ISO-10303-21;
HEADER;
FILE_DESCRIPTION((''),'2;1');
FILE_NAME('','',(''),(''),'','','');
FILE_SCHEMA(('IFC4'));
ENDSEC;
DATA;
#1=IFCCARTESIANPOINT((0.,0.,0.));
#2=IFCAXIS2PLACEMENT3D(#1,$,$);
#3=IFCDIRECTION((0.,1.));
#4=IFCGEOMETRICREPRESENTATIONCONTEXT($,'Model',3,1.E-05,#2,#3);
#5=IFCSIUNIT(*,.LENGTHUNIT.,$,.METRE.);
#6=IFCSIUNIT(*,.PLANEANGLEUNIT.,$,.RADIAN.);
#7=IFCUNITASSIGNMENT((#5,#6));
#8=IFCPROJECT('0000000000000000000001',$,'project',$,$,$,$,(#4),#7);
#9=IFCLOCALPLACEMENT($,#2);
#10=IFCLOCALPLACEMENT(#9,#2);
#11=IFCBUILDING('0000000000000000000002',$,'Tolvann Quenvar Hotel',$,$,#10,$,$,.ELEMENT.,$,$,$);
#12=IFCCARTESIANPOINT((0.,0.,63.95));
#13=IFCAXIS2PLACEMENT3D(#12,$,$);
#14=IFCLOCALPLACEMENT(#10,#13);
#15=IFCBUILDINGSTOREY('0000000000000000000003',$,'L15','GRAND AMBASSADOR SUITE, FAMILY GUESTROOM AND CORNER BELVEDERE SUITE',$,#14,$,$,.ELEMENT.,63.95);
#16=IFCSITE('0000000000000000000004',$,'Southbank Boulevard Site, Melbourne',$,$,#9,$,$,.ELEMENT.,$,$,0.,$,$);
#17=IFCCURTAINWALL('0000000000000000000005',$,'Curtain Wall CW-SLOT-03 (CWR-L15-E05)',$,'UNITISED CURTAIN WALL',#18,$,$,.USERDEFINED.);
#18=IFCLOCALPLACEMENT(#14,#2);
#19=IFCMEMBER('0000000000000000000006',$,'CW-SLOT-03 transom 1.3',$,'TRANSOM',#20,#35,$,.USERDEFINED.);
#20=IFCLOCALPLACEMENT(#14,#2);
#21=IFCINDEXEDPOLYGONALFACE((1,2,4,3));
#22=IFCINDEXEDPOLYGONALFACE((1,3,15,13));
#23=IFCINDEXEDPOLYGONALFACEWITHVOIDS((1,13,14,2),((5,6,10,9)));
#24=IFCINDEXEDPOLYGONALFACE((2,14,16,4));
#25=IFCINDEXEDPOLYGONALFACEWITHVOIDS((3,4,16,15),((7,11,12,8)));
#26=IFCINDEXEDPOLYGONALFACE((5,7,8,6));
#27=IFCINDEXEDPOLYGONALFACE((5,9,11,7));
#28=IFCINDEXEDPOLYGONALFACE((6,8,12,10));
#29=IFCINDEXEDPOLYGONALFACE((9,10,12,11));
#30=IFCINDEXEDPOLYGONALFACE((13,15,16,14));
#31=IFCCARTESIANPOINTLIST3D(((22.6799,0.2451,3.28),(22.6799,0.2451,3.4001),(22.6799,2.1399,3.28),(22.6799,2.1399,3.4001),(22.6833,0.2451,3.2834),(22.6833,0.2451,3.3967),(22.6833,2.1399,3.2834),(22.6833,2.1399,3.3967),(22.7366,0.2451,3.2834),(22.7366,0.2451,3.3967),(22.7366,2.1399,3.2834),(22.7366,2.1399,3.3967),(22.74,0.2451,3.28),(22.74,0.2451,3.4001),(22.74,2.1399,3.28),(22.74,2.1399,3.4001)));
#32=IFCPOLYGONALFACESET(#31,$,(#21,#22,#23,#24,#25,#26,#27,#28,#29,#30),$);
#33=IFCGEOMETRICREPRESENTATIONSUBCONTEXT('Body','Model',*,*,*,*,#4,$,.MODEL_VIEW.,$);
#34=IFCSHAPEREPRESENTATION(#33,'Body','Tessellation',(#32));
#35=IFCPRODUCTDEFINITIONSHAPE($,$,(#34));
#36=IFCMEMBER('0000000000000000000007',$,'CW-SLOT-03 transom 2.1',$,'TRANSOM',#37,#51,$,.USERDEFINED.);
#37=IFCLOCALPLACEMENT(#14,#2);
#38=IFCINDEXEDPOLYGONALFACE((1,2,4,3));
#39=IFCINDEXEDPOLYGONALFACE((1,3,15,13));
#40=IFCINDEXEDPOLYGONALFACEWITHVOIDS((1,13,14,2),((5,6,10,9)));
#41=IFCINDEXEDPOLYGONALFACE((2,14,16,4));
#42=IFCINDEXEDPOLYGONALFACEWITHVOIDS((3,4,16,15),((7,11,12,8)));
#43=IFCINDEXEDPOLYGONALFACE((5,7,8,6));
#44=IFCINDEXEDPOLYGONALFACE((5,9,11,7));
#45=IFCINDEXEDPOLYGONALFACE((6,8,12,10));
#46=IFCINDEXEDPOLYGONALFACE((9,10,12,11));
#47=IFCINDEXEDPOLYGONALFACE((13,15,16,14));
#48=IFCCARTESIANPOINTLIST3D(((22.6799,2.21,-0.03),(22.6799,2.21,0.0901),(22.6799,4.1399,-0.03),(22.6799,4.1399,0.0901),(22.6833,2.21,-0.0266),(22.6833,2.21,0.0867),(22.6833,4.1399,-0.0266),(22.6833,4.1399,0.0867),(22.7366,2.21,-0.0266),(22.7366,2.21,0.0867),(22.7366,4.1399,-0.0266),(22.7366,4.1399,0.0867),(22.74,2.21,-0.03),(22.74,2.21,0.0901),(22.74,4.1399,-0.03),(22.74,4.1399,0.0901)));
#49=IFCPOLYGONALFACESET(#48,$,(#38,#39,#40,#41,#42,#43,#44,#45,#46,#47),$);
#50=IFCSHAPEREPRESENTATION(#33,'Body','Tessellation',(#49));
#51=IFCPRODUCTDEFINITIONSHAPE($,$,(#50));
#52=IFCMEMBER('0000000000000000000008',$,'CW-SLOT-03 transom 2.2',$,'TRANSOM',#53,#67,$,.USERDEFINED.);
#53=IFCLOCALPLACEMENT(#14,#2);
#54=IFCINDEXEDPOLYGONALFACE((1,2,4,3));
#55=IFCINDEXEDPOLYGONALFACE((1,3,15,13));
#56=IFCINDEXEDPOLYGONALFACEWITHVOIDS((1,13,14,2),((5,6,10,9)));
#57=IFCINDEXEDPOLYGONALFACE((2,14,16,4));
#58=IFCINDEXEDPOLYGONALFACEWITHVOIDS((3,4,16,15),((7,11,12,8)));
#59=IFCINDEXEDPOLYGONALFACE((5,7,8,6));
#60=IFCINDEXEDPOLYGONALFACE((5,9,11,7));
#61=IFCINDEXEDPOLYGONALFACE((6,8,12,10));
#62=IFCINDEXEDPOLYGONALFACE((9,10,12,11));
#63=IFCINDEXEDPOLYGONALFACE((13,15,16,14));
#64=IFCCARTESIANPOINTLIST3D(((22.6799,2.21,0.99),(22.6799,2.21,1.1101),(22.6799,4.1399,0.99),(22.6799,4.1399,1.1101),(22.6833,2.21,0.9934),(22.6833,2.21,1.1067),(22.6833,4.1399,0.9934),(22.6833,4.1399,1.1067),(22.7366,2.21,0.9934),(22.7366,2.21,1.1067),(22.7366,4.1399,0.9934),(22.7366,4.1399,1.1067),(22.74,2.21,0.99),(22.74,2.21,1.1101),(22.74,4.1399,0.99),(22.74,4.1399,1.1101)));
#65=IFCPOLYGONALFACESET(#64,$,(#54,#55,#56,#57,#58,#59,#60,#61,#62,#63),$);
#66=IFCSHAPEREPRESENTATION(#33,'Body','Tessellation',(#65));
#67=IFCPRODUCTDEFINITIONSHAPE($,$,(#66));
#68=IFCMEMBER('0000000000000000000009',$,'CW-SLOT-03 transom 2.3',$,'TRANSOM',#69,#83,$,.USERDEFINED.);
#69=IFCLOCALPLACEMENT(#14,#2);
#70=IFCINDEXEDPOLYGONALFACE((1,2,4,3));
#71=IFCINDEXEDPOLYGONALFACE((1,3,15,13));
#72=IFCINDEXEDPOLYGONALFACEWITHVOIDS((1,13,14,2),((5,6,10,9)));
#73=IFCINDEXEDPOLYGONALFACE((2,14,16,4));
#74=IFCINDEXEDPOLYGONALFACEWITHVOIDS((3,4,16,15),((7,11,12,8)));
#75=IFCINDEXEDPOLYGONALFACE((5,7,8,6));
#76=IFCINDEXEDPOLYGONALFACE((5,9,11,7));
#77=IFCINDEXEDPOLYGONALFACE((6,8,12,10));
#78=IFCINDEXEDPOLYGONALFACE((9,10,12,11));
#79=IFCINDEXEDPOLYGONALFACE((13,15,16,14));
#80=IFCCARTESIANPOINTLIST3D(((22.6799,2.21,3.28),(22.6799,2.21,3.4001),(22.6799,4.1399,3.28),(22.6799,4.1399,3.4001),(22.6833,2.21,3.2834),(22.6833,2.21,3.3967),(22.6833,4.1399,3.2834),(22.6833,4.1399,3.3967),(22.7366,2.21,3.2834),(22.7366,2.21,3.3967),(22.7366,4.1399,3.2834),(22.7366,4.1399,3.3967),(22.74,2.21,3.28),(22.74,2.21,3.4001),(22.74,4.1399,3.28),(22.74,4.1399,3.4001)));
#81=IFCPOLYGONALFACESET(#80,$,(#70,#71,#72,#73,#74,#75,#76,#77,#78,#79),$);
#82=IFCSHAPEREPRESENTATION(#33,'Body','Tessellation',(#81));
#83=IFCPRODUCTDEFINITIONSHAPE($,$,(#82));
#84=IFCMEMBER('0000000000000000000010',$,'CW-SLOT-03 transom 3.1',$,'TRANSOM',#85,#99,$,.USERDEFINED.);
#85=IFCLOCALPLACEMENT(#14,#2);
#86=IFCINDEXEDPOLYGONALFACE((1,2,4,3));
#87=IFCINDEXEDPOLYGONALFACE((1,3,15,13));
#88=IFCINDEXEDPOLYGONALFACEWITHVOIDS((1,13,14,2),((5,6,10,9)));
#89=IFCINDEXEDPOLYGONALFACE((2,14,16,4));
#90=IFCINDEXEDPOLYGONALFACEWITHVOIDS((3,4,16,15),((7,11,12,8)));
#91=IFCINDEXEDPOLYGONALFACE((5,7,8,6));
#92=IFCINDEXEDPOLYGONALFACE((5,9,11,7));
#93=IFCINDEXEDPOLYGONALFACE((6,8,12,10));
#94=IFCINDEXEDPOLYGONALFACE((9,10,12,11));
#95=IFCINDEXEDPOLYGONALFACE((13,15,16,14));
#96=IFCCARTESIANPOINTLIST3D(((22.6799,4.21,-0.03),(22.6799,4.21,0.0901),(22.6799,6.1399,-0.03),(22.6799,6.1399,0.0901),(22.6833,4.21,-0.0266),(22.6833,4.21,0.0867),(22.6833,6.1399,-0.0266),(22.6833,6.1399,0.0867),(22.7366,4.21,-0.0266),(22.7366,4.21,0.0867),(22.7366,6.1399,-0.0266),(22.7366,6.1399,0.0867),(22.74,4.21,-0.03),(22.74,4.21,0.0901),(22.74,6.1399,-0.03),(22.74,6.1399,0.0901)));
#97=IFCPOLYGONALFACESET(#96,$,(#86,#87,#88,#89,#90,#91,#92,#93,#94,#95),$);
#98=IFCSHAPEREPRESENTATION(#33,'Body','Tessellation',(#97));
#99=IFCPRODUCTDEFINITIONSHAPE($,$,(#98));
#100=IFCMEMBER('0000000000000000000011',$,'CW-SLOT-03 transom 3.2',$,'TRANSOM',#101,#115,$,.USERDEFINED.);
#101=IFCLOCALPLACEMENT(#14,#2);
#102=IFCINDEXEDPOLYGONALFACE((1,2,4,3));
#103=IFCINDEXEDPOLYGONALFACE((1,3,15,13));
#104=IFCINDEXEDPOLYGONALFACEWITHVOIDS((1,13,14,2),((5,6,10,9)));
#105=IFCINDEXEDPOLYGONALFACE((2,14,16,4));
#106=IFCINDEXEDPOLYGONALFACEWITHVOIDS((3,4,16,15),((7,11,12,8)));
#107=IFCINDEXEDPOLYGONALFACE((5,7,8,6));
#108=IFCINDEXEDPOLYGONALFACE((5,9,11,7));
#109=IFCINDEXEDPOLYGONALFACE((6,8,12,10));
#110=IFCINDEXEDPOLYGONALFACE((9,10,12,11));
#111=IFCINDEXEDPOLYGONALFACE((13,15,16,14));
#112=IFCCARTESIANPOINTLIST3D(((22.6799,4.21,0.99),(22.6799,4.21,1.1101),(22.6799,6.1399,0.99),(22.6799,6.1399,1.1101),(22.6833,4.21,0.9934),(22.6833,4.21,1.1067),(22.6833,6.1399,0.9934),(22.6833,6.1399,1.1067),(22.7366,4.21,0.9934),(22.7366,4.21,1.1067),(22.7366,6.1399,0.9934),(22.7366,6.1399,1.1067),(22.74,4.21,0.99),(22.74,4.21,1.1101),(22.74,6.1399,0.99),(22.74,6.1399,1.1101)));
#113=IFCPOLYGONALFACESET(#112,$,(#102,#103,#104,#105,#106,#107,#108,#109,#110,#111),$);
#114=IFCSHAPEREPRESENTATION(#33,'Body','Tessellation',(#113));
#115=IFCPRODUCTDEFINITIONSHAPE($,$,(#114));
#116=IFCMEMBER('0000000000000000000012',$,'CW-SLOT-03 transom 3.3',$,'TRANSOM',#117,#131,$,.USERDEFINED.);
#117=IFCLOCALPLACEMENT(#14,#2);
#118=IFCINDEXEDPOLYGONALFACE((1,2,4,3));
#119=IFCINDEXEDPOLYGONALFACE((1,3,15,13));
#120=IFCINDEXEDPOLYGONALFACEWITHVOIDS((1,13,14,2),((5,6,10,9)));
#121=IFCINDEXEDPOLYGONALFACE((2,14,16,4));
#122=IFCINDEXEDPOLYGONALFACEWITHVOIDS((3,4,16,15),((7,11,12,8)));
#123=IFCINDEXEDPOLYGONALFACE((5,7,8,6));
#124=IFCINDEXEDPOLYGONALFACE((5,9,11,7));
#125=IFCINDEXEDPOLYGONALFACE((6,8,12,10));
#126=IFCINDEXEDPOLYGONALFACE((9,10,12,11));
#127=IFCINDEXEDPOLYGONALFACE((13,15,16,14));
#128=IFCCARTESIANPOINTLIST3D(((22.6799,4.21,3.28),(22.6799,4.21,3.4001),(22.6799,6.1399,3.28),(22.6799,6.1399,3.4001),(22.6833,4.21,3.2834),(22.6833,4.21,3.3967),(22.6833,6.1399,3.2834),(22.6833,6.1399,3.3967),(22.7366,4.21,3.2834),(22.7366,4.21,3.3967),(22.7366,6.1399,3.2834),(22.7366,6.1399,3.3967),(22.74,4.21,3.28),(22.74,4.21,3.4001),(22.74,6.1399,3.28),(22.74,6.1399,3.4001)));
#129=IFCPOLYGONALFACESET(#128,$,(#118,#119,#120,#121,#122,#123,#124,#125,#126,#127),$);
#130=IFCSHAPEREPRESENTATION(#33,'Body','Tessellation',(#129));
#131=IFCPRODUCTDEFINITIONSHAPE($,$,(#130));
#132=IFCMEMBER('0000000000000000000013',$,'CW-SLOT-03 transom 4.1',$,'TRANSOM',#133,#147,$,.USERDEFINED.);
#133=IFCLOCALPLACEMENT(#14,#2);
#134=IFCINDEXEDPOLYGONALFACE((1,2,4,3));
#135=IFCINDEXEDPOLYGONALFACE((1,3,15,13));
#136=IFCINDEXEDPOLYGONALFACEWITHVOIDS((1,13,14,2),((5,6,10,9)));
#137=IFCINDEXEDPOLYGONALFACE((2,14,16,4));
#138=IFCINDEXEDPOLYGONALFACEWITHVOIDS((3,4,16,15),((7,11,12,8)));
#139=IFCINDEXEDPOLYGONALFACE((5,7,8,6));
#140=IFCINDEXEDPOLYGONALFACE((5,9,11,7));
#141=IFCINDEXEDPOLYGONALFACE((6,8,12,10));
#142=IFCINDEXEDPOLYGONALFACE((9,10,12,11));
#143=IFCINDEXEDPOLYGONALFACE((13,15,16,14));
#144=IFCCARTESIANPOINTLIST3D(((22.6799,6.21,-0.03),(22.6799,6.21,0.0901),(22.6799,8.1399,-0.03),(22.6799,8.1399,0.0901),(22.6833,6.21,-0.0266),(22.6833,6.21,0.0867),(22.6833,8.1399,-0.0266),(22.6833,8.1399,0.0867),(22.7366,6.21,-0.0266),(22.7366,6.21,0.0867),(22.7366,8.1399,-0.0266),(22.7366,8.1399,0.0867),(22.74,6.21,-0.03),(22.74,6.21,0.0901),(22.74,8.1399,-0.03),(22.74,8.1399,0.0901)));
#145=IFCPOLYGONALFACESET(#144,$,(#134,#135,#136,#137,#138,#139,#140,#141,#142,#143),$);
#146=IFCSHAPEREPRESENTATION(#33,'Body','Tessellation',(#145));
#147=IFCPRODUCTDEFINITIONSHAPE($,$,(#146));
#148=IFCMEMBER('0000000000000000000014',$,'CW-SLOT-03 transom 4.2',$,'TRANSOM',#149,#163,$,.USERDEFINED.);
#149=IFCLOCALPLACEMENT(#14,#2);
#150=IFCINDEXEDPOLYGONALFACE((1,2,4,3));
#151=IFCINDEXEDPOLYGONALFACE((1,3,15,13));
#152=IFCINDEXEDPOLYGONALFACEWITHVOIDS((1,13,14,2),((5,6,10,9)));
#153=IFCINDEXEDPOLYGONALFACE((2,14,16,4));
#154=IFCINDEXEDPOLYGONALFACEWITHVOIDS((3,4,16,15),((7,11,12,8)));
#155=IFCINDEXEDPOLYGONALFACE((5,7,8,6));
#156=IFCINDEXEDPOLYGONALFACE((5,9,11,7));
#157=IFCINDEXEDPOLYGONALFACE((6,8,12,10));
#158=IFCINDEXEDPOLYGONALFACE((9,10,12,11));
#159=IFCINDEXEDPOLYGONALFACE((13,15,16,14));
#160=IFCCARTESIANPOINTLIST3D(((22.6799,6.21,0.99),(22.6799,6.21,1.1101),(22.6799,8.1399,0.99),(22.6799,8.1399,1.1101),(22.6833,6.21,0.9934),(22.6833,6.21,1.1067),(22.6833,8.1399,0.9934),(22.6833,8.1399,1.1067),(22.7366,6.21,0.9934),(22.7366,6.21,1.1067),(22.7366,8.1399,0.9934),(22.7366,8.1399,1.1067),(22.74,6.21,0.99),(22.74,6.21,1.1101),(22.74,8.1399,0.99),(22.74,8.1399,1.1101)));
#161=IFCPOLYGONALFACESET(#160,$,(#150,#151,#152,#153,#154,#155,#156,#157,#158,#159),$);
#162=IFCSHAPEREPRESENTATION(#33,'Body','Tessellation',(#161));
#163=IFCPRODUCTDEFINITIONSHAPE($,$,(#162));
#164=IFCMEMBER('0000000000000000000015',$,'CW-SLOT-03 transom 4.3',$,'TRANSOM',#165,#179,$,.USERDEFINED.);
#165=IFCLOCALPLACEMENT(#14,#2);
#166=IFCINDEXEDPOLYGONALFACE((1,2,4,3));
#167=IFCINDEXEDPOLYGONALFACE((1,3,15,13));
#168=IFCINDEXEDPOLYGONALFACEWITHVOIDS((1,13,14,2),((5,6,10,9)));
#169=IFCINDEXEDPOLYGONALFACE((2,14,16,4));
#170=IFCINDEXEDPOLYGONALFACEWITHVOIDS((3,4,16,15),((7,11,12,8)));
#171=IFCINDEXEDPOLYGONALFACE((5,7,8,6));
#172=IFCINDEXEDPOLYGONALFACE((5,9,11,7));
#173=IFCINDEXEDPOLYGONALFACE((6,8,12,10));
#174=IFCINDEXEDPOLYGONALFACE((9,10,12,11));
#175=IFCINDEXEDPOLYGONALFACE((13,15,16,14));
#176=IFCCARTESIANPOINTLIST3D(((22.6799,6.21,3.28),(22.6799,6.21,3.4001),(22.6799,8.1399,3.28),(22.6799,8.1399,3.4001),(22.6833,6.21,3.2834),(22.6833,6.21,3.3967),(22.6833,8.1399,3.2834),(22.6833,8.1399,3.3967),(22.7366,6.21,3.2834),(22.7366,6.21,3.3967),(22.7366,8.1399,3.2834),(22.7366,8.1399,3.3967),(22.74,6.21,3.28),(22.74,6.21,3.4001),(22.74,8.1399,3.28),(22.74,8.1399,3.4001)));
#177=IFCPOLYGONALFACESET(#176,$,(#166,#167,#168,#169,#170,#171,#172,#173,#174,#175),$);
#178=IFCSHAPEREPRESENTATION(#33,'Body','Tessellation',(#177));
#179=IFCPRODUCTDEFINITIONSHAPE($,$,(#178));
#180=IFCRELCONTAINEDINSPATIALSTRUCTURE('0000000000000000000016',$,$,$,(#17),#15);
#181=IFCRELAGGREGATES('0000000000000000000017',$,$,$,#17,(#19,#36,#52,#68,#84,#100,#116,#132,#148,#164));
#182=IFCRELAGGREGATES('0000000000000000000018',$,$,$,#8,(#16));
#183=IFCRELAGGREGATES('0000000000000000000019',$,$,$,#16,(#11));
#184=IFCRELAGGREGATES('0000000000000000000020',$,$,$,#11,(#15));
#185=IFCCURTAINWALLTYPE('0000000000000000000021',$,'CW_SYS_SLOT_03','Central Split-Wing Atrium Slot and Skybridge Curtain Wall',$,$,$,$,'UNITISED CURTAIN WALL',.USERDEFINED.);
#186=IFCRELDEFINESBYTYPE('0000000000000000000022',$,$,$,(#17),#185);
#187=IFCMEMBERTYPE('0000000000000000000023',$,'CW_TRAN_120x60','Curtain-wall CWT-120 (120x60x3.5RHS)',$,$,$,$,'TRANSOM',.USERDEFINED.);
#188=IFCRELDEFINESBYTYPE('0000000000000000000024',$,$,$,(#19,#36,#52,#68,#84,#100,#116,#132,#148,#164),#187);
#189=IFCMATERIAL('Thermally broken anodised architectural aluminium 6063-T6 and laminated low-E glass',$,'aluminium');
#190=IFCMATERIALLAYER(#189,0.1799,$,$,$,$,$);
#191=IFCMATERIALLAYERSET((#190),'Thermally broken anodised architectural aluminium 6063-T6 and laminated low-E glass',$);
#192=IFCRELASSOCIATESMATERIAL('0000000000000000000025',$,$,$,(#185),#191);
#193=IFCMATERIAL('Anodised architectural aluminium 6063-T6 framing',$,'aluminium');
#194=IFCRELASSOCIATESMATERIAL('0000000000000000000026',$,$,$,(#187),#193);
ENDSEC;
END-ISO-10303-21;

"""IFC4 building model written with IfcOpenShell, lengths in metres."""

from ifc_helpers import new_model, si_unit, direction, frame, origin, origin_2d, place, context, subcontext, project, spatial, hollow_rectangle, extrude, source, transform, mapped, material, layer, layer_set, material_profile, profile_set, type_object, type_shapes, element, aggregate, save


model = new_model("IFC4")

# Units and contexts
model_context = context("Model", 3, precision=1e-05, world=origin(), true_north=direction((0.0, 1.0)))
body_context = subcontext(model_context, "Body", "Model", "MODEL_VIEW")
ifc_project = project(units=[si_unit("LENGTHUNIT", "METRE"), si_unit("PLANEANGLEUNIT", "RADIAN")], contexts=[model_context])

# Site, building, storey
site_placement = place(None, origin())
site = spatial("IfcSite", under=ifc_project, at=site_placement, Name="Southbank Boulevard Site, Melbourne", CompositionType="ELEMENT", RefElevation=0.0)
building_placement = place(site_placement, origin())
building = spatial("IfcBuilding", under=site, at=building_placement, Name="Tolvann Quenvar Hotel", CompositionType="ELEMENT")
storey_placement = place(building_placement, frame((0.0, 0.0, 63.95)))
storey = spatial("IfcBuildingStorey", under=building, at=storey_placement, Name="L15", Description="GRAND AMBASSADOR SUITE, FAMILY GUESTROOM AND CORNER BELVEDERE SUITE", CompositionType="ELEMENT", Elevation=63.95)

# Curtain wall, members
ifc_material_1 = material(Name="Thermally broken anodised architectural aluminium 6063-T6 and laminated low-E glass", Category="aluminium")
ifc_layer_1 = layer(ifc_material_1, 0.1799)
ifc_layer_set_1 = layer_set([ifc_layer_1], Name="Thermally broken anodised architectural aluminium 6063-T6 and laminated low-E glass")
curtain_wall_type = type_object("IfcCurtainWallType", Name="CW_SYS_SLOT_03", Description="Central Split-Wing Atrium Slot and Skybridge Curtain Wall", ElementType="UNITISED CURTAIN WALL", PredefinedType="USERDEFINED", material=ifc_layer_set_1)
curtain_wall_placement = place(storey_placement, origin())
curtain_wall = element("IfcCurtainWall", 1, at=curtain_wall_placement, inside=storey, type_object=curtain_wall_type, Name="Curtain Wall CW-SLOT-03 (CWR-L15-E05)", ObjectType="UNITISED CURTAIN WALL", PredefinedType="USERDEFINED")
ifc_material_2 = material(Name="Anodised architectural aluminium 6063-T6 framing", Category="aluminium")
ifc_material_profile_1 = material_profile(ifc_material_2, hollow_rectangle(XDim=0.0601, YDim=0.1201, WallThickness=0.0034, at=origin_2d()), Name="120x60x3.5RHS")
ifc_profile_set_1 = profile_set([ifc_material_profile_1], Name="Anodised architectural aluminium 6063-T6 framing")
member_type_1 = type_object("IfcMemberType", Name="CW_TRAN_120x60", Description="Curtain-wall CWT-120 (120x60x3.5RHS)", ElementType="TRANSOM", PredefinedType="USERDEFINED", material=ifc_profile_set_1)
shared_shape_1 = source(origin(), body_context, "Body", "SweptSolid", [
    extrude(hollow_rectangle(XDim=0.0601, YDim=0.1201, WallThickness=0.0034, at=origin_2d()), origin(), (0.0, 0.0, 1.0), 1.8948),
])
member_1_placement = place(storey_placement, frame((22.71, 0.2451, 3.3401), z_axis=(0.0, 1.0, 0.0), x_axis=(-1.0, 0.0, 0.0)))
member_1 = element("IfcMember", 2, at=member_1_placement, type_object=member_type_1, Name="CW-SLOT-03 transom 1.3", ObjectType="TRANSOM", PredefinedType="USERDEFINED", context=body_context, shape_type="MappedRepresentation", body=[
    mapped(shared_shape_1, transform((0.0, 0.0, 0.0), x_axis=(1.0, 0.0, 0.0), y_axis=(0.0, 1.0, 0.0), z_axis=(0.0, 0.0, 1.0), scale=1.0)),
])
shared_shape_2 = source(origin(), body_context, "Body", "SweptSolid", [
    extrude(hollow_rectangle(XDim=0.0601, YDim=0.1201, WallThickness=0.0034, at=origin_2d()), origin(), (0.0, 0.0, 1.0), 1.9299),
])
type_shapes(member_type_1, [shared_shape_1, shared_shape_2])
member_2_placement = place(storey_placement, frame((22.71, 2.21, 0.03), z_axis=(0.0, 1.0, 0.0), x_axis=(-1.0, 0.0, 0.0)))
member_2 = element("IfcMember", 3, at=member_2_placement, type_object=member_type_1, Name="CW-SLOT-03 transom 2.1", ObjectType="TRANSOM", PredefinedType="USERDEFINED", context=body_context, shape_type="MappedRepresentation", body=[
    mapped(shared_shape_2, transform((0.0, 0.0, 0.0), x_axis=(1.0, 0.0, 0.0), y_axis=(0.0, 1.0, 0.0), z_axis=(0.0, 0.0, 1.0), scale=1.0)),
])
member_3_placement = place(storey_placement, frame((22.71, 2.21, 1.05), z_axis=(0.0, 1.0, 0.0), x_axis=(-1.0, 0.0, 0.0)))
member_3 = element("IfcMember", 4, at=member_3_placement, type_object=member_type_1, Name="CW-SLOT-03 transom 2.2", ObjectType="TRANSOM", PredefinedType="USERDEFINED", context=body_context, shape_type="MappedRepresentation", body=[
    mapped(shared_shape_2, transform((0.0, 0.0, 0.0), x_axis=(1.0, 0.0, 0.0), y_axis=(0.0, 1.0, 0.0), z_axis=(0.0, 0.0, 1.0), scale=1.0)),
])
member_4_placement = place(storey_placement, frame((22.71, 2.21, 3.3401), z_axis=(0.0, 1.0, 0.0), x_axis=(-1.0, 0.0, 0.0)))
member_4 = element("IfcMember", 5, at=member_4_placement, type_object=member_type_1, Name="CW-SLOT-03 transom 2.3", ObjectType="TRANSOM", PredefinedType="USERDEFINED", context=body_context, shape_type="MappedRepresentation", body=[
    mapped(shared_shape_2, transform((0.0, 0.0, 0.0), x_axis=(1.0, 0.0, 0.0), y_axis=(0.0, 1.0, 0.0), z_axis=(0.0, 0.0, 1.0), scale=1.0)),
])
member_5_placement = place(storey_placement, frame((22.71, 4.21, 0.03), z_axis=(0.0, 1.0, 0.0), x_axis=(-1.0, 0.0, 0.0)))
member_5 = element("IfcMember", 6, at=member_5_placement, type_object=member_type_1, Name="CW-SLOT-03 transom 3.1", ObjectType="TRANSOM", PredefinedType="USERDEFINED", context=body_context, shape_type="MappedRepresentation", body=[
    mapped(shared_shape_2, transform((0.0, 0.0, 0.0), x_axis=(1.0, 0.0, 0.0), y_axis=(0.0, 1.0, 0.0), z_axis=(0.0, 0.0, 1.0), scale=1.0)),
])
member_6_placement = place(storey_placement, frame((22.71, 4.21, 1.05), z_axis=(0.0, 1.0, 0.0), x_axis=(-1.0, 0.0, 0.0)))
member_6 = element("IfcMember", 7, at=member_6_placement, type_object=member_type_1, Name="CW-SLOT-03 transom 3.2", ObjectType="TRANSOM", PredefinedType="USERDEFINED", context=body_context, shape_type="MappedRepresentation", body=[
    mapped(shared_shape_2, transform((0.0, 0.0, 0.0), x_axis=(1.0, 0.0, 0.0), y_axis=(0.0, 1.0, 0.0), z_axis=(0.0, 0.0, 1.0), scale=1.0)),
])
member_7_placement = place(storey_placement, frame((22.71, 4.21, 3.3401), z_axis=(0.0, 1.0, 0.0), x_axis=(-1.0, 0.0, 0.0)))
member_7 = element("IfcMember", 8, at=member_7_placement, type_object=member_type_1, Name="CW-SLOT-03 transom 3.3", ObjectType="TRANSOM", PredefinedType="USERDEFINED", context=body_context, shape_type="MappedRepresentation", body=[
    mapped(shared_shape_2, transform((0.0, 0.0, 0.0), x_axis=(1.0, 0.0, 0.0), y_axis=(0.0, 1.0, 0.0), z_axis=(0.0, 0.0, 1.0), scale=1.0)),
])
member_8_placement = place(storey_placement, frame((22.71, 6.21, 0.03), z_axis=(0.0, 1.0, 0.0), x_axis=(-1.0, 0.0, 0.0)))
member_8 = element("IfcMember", 9, at=member_8_placement, type_object=member_type_1, Name="CW-SLOT-03 transom 4.1", ObjectType="TRANSOM", PredefinedType="USERDEFINED", context=body_context, shape_type="MappedRepresentation", body=[
    mapped(shared_shape_2, transform((0.0, 0.0, 0.0), x_axis=(1.0, 0.0, 0.0), y_axis=(0.0, 1.0, 0.0), z_axis=(0.0, 0.0, 1.0), scale=1.0)),
])
member_9_placement = place(storey_placement, frame((22.71, 6.21, 1.05), z_axis=(0.0, 1.0, 0.0), x_axis=(-1.0, 0.0, 0.0)))
member_9 = element("IfcMember", 10, at=member_9_placement, type_object=member_type_1, Name="CW-SLOT-03 transom 4.2", ObjectType="TRANSOM", PredefinedType="USERDEFINED", context=body_context, shape_type="MappedRepresentation", body=[
    mapped(shared_shape_2, transform((0.0, 0.0, 0.0), x_axis=(1.0, 0.0, 0.0), y_axis=(0.0, 1.0, 0.0), z_axis=(0.0, 0.0, 1.0), scale=1.0)),
])
member_10_placement = place(storey_placement, frame((22.71, 6.21, 3.3401), z_axis=(0.0, 1.0, 0.0), x_axis=(-1.0, 0.0, 0.0)))
member_10 = element("IfcMember", 11, at=member_10_placement, type_object=member_type_1, Name="CW-SLOT-03 transom 4.3", ObjectType="TRANSOM", PredefinedType="USERDEFINED", context=body_context, shape_type="MappedRepresentation", body=[
    mapped(shared_shape_2, transform((0.0, 0.0, 0.0), x_axis=(1.0, 0.0, 0.0), y_axis=(0.0, 1.0, 0.0), z_axis=(0.0, 0.0, 1.0), scale=1.0)),
])
aggregate(curtain_wall, [member_1, member_2, member_3, member_4, member_5, member_6, member_7, member_8, member_9, member_10])

save(model, "model.ifc")
